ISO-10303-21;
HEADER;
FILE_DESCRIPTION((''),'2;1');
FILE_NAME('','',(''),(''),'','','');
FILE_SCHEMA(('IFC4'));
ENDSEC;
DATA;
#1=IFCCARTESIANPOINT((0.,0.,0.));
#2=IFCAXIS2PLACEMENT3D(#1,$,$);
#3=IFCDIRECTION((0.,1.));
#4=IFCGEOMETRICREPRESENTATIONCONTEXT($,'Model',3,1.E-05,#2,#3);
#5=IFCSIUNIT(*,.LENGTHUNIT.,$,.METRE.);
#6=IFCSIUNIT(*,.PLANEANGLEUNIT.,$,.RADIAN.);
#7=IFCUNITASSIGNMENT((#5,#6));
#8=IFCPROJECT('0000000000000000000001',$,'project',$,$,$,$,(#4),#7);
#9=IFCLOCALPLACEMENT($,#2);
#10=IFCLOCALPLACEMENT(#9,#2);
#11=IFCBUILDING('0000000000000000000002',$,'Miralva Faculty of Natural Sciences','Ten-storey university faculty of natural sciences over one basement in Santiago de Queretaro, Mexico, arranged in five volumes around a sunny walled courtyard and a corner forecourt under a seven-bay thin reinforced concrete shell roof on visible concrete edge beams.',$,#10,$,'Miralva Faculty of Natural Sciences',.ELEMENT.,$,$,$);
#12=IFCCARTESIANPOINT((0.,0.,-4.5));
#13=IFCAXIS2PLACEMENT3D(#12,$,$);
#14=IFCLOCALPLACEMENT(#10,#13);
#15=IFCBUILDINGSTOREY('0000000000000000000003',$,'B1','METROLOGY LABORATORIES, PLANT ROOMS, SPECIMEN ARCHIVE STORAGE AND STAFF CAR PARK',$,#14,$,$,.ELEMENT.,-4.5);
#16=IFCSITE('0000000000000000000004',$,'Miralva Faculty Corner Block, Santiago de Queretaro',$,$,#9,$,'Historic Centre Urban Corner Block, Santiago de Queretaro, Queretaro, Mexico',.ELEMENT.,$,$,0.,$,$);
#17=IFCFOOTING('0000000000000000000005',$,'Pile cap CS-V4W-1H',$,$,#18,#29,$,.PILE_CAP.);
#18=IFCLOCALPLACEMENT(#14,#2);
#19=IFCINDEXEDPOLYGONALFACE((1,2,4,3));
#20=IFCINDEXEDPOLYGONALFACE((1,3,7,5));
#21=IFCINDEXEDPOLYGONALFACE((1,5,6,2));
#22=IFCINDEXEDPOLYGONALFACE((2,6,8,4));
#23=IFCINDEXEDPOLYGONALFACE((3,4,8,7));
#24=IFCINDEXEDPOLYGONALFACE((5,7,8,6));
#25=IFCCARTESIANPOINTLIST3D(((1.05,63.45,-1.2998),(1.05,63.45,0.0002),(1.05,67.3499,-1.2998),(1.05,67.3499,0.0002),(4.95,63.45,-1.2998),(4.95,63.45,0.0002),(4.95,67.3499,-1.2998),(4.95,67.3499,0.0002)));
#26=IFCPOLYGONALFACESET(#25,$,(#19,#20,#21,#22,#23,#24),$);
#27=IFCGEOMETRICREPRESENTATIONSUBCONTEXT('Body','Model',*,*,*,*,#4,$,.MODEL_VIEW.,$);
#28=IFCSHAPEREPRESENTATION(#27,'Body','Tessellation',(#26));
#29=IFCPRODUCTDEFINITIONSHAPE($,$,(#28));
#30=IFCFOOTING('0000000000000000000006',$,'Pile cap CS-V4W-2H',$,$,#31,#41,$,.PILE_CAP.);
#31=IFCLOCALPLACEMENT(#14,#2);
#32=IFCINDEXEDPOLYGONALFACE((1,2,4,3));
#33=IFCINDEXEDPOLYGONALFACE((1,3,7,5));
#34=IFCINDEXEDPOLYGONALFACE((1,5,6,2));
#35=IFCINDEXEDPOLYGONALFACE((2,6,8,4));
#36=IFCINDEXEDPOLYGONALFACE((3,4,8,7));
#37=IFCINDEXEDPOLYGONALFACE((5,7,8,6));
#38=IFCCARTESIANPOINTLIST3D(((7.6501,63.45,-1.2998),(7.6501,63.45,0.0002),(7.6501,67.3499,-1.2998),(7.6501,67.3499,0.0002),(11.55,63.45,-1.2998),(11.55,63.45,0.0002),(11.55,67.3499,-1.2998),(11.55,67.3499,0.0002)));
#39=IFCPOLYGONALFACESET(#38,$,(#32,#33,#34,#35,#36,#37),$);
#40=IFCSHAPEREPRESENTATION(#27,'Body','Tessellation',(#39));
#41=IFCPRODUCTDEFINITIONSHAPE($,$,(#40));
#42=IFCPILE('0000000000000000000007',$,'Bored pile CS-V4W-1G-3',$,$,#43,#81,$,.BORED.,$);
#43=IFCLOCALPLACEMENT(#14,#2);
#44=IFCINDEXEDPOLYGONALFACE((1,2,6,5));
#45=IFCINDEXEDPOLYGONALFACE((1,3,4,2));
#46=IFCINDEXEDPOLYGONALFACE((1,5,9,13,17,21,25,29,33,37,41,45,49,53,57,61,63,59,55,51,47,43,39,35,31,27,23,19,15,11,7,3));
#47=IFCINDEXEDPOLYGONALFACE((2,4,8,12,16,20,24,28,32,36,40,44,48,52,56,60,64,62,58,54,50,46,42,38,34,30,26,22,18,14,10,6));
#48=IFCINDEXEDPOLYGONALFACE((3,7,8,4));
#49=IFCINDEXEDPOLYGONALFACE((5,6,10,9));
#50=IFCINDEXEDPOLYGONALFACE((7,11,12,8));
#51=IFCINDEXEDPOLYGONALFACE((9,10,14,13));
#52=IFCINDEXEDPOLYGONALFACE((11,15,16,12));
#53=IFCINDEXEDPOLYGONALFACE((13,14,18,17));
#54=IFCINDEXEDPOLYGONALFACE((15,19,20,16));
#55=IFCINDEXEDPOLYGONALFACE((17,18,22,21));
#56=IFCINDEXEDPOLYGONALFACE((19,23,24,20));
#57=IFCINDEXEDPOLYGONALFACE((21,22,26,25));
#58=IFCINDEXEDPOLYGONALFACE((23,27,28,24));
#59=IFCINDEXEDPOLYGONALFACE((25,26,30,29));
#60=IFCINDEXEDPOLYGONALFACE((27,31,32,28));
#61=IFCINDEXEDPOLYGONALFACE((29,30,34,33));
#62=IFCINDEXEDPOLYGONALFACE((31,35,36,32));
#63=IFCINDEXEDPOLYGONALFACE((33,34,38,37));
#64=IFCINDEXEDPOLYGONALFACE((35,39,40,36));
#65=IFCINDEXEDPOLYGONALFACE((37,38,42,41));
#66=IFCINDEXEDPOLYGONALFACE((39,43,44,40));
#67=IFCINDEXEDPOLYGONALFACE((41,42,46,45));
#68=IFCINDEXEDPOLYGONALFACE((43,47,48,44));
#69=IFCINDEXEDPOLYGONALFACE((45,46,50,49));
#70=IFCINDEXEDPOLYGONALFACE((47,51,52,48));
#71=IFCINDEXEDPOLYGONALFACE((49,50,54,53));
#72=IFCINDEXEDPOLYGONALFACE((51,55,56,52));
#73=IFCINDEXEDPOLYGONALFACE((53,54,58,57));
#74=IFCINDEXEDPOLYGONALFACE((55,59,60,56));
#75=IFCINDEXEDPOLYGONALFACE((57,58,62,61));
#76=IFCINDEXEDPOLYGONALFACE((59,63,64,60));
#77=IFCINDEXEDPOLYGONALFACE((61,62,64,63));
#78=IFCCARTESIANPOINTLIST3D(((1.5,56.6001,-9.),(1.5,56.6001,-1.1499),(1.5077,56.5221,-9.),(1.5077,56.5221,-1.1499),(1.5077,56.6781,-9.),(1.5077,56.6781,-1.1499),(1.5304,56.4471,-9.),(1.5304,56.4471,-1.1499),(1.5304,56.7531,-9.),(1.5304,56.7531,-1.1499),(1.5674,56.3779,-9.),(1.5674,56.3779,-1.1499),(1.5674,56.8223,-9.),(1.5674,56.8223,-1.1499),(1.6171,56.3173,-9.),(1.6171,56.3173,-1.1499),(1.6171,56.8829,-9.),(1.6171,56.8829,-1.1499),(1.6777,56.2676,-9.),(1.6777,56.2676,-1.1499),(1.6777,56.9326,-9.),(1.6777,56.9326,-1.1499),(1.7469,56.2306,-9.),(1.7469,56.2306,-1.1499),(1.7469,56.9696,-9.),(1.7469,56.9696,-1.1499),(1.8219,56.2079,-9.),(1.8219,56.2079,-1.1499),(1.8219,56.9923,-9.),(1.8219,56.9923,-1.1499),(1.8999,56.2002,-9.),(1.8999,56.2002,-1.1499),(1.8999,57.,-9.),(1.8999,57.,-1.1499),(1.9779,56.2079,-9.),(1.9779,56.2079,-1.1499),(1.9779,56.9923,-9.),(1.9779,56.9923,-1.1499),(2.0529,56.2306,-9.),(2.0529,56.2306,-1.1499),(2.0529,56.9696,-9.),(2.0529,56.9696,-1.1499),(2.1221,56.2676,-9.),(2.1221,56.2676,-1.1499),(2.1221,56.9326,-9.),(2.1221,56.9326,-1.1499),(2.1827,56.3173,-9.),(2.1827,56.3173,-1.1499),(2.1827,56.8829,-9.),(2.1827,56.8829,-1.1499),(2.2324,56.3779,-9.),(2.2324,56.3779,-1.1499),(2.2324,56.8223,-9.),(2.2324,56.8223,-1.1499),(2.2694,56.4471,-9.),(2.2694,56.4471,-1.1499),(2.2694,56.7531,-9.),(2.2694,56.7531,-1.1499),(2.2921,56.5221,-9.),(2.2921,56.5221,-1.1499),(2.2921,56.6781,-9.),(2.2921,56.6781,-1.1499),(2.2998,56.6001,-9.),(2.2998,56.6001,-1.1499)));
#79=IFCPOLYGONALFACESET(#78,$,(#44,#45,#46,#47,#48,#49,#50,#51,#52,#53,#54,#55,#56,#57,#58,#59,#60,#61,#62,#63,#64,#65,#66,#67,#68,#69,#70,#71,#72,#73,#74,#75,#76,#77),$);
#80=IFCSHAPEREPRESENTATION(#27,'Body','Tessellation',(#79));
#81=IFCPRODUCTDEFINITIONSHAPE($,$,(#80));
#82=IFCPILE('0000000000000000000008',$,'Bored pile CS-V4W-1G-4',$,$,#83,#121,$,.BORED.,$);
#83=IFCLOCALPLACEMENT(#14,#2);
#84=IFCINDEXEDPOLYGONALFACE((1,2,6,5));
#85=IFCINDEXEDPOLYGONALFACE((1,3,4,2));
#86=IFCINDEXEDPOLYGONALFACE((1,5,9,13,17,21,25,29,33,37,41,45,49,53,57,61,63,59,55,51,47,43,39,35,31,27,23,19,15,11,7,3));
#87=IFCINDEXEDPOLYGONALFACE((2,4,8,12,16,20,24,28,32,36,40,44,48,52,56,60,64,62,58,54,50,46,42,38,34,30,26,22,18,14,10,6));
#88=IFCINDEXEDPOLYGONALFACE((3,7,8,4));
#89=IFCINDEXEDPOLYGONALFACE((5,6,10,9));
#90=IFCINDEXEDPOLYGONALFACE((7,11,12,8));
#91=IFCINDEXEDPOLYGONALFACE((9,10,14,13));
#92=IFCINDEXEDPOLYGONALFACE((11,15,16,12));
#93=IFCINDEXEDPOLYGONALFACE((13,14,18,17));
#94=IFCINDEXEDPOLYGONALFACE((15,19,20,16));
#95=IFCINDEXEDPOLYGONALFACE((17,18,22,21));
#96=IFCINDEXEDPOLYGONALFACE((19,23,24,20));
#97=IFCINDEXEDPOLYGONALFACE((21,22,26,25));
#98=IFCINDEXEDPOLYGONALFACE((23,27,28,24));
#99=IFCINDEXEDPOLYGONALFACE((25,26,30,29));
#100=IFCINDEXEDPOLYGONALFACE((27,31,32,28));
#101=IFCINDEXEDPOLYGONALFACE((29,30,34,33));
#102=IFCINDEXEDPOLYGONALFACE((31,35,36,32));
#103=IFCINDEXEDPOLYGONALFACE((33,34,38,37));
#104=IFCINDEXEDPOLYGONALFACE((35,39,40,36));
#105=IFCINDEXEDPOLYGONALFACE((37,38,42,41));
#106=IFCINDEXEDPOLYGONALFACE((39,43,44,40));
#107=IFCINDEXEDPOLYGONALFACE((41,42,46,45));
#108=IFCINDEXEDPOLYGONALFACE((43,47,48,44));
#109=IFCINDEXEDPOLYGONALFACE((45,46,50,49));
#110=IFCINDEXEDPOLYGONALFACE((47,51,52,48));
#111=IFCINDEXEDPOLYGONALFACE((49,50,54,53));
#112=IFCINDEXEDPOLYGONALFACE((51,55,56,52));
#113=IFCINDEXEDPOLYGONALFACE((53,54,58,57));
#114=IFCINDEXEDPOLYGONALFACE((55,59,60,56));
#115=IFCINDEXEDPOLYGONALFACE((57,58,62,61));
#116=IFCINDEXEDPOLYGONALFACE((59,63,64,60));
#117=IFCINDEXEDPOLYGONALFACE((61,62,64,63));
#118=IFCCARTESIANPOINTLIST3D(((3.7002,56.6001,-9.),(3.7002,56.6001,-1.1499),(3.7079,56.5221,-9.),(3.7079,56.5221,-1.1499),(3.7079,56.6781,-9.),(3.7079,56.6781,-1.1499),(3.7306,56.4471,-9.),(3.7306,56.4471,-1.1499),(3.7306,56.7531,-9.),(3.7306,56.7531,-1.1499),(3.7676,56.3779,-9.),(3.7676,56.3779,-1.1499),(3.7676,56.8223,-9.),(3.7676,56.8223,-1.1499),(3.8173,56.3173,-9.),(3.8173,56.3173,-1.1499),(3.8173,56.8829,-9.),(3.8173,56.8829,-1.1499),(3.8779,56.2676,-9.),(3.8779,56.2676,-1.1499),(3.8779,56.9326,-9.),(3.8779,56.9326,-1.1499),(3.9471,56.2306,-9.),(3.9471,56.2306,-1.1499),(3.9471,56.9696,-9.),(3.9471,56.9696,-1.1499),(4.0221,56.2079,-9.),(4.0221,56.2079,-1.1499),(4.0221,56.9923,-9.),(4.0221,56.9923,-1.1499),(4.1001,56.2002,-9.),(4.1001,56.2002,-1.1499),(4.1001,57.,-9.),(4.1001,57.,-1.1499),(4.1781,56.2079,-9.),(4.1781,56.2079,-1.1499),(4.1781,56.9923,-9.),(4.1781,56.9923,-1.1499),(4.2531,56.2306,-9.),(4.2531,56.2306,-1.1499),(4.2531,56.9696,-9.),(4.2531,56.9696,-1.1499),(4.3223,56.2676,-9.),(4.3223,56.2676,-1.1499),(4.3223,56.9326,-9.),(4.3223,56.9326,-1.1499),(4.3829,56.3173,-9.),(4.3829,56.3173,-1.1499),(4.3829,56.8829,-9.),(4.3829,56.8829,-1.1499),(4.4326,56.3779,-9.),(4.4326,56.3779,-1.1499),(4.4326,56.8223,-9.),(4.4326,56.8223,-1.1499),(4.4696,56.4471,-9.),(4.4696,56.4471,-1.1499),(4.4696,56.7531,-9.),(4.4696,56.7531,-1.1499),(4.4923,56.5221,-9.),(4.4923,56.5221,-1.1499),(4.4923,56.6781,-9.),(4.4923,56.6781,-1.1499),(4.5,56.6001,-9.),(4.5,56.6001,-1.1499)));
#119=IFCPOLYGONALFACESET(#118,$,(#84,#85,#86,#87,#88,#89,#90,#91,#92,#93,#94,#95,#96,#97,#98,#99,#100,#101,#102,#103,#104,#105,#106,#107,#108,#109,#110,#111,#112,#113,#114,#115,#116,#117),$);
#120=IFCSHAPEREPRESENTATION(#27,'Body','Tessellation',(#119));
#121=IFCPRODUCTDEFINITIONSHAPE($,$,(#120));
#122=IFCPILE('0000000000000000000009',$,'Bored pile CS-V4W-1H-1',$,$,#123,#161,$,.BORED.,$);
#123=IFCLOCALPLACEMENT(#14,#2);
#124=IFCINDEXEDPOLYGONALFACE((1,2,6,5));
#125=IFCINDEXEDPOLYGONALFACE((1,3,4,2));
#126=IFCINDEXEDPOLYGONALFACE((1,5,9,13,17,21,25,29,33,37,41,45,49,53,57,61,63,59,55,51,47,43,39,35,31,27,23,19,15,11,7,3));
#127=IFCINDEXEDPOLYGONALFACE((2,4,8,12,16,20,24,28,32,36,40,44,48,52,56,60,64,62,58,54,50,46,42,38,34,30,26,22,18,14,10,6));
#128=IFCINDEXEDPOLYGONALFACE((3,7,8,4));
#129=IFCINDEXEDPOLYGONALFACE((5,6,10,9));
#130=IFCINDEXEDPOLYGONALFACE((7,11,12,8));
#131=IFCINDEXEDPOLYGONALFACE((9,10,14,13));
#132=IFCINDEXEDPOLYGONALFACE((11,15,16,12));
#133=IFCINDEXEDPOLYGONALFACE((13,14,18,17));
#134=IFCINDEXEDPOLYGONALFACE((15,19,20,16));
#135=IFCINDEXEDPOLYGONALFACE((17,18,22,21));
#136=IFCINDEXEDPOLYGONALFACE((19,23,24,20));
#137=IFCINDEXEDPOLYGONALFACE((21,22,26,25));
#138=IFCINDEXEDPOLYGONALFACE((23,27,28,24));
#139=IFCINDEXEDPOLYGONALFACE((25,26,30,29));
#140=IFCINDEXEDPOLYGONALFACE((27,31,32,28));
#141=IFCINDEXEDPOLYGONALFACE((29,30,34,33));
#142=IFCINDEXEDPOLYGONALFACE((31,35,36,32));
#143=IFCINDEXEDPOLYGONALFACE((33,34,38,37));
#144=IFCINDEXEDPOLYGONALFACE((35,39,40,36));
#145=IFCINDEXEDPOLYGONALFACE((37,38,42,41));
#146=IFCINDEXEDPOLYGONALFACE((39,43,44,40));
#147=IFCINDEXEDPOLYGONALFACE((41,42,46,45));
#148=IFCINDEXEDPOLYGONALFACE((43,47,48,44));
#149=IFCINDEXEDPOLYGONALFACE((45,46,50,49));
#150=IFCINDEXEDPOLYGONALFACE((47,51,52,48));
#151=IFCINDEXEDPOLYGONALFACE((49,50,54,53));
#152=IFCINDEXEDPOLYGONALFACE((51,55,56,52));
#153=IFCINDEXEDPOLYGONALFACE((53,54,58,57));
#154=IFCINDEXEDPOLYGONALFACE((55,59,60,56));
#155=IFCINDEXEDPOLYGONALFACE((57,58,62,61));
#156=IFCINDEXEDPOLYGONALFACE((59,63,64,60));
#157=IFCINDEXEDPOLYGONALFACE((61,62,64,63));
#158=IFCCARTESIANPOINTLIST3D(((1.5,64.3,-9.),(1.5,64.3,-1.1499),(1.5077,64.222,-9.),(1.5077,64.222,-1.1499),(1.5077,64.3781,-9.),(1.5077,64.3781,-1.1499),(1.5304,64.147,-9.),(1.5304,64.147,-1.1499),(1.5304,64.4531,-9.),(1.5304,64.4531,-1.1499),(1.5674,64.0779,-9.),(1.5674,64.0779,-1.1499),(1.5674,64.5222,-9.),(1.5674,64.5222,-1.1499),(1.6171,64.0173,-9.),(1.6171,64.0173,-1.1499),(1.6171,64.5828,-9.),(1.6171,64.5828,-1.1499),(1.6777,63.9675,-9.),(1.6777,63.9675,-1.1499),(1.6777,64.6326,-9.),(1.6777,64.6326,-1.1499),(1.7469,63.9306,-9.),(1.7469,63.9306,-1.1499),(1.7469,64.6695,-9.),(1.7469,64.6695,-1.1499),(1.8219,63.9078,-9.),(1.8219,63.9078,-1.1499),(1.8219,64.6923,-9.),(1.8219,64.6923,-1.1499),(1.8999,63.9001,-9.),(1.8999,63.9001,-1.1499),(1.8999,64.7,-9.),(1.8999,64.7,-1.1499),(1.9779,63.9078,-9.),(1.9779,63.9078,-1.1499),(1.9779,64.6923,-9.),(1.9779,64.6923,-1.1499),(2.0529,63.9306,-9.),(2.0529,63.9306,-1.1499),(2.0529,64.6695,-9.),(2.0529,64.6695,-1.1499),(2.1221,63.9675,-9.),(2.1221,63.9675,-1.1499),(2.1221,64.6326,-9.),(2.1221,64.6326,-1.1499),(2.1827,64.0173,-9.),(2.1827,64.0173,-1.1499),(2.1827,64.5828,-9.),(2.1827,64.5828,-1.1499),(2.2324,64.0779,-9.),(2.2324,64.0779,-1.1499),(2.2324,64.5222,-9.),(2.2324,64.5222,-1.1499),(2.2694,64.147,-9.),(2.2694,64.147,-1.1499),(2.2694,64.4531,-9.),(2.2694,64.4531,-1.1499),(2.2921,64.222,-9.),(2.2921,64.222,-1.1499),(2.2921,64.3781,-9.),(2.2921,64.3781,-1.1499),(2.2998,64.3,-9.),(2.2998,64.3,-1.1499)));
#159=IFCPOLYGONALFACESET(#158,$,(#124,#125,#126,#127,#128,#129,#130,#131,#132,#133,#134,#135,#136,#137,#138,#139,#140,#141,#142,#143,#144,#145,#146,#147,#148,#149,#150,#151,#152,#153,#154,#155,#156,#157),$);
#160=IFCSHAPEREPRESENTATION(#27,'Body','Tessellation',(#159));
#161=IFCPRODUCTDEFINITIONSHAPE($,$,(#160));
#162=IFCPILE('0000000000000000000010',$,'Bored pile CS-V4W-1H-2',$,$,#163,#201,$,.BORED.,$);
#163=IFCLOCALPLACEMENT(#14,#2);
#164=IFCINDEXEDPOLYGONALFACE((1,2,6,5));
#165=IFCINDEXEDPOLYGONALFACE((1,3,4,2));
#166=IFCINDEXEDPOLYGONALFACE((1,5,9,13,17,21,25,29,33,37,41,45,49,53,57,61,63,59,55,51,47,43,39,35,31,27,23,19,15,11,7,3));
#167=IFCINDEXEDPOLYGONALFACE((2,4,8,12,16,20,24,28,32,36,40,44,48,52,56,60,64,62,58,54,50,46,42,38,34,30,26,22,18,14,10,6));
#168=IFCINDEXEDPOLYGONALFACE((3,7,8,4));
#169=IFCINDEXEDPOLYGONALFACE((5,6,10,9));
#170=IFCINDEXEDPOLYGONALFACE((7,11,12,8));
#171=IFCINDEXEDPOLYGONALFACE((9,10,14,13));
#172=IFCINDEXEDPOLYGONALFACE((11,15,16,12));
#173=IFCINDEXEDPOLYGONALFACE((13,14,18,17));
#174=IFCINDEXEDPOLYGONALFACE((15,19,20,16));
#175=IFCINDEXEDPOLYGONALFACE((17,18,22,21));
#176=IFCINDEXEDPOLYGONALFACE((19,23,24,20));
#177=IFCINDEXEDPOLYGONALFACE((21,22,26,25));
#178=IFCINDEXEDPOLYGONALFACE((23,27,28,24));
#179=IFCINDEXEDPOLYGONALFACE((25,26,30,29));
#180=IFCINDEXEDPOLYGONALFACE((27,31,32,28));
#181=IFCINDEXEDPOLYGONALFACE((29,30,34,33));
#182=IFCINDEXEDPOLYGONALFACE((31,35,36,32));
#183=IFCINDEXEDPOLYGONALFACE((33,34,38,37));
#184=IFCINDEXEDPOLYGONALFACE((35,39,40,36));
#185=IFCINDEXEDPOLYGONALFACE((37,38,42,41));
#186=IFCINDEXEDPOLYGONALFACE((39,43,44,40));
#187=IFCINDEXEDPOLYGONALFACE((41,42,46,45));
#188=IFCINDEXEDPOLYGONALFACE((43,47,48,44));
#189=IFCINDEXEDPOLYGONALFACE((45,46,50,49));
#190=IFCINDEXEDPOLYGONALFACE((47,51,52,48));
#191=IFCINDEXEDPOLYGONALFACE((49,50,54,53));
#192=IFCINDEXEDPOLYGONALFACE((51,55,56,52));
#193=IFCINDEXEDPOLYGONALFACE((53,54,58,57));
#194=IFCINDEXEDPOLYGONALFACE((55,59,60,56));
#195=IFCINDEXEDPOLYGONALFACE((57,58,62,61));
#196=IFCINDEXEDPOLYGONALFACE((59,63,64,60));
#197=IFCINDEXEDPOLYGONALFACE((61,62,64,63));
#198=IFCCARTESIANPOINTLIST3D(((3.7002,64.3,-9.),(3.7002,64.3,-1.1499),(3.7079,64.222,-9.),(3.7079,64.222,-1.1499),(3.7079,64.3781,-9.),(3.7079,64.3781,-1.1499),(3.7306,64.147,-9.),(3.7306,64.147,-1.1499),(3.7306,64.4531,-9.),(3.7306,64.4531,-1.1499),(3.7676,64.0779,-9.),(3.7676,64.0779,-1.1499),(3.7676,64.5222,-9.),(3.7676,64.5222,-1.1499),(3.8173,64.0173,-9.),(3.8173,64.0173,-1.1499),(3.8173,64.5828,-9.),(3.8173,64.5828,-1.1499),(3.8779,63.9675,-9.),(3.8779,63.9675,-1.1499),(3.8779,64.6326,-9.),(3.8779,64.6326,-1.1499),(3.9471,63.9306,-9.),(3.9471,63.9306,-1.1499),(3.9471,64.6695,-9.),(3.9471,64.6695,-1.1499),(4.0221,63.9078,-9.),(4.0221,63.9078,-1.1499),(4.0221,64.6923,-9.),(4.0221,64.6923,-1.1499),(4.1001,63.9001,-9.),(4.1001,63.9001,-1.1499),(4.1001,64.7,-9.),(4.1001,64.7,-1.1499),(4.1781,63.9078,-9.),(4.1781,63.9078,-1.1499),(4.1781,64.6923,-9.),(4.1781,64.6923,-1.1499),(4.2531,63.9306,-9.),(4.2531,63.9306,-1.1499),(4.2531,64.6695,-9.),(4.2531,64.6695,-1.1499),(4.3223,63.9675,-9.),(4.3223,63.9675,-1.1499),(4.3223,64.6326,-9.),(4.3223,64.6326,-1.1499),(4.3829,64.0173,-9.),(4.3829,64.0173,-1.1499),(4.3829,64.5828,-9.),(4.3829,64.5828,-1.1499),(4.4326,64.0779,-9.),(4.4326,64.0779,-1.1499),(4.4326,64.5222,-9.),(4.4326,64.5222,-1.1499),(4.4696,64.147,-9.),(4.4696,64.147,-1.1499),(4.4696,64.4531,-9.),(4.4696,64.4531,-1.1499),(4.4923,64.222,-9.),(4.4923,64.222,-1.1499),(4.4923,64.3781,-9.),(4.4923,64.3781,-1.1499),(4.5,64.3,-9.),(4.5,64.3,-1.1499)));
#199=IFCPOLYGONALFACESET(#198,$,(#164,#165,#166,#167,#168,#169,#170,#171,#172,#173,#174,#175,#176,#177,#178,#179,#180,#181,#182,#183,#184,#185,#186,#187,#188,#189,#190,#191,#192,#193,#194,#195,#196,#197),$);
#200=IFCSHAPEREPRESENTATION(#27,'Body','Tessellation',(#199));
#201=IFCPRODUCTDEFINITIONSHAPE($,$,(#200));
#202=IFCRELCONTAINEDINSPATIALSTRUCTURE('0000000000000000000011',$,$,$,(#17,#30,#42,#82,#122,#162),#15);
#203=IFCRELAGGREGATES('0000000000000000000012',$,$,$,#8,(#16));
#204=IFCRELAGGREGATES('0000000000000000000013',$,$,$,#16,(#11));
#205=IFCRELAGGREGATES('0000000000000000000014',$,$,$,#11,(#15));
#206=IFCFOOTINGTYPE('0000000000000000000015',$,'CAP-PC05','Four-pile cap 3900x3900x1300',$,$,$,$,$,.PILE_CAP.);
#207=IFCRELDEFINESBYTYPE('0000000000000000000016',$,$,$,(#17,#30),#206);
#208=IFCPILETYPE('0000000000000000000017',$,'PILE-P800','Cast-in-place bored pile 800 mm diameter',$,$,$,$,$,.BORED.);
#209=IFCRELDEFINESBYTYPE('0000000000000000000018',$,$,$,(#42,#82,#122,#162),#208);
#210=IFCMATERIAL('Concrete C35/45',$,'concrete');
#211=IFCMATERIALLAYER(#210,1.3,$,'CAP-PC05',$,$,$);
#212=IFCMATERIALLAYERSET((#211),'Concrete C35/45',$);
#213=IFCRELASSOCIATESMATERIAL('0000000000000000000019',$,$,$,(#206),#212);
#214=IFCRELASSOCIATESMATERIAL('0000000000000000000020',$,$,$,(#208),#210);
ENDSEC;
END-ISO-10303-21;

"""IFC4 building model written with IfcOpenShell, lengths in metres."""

from ifc_helpers import new_model, si_unit, direction, frame, origin, origin_2d, place, context, subcontext, project, spatial, rectangle, circle, extrude, material, layer, layer_set, material_profile, profile_set, type_object, element, save


model = new_model("IFC4")

# Units and contexts
model_context = context("Model", 3, precision=1e-05, world=origin(), true_north=direction((0.0, 1.0)))
body_context = subcontext(model_context, "Body", "Model", "MODEL_VIEW")
ifc_project = project(units=[si_unit("LENGTHUNIT", "METRE"), si_unit("PLANEANGLEUNIT", "RADIAN")], contexts=[model_context])

# Site, building, storey
site_placement = place(None, origin())
site = spatial("IfcSite", under=ifc_project, at=site_placement, Name="Miralva Faculty Corner Block, Santiago de Queretaro", LongName="Historic Centre Urban Corner Block, Santiago de Queretaro, Queretaro, Mexico", CompositionType="ELEMENT", RefElevation=0.0)
building_placement = place(site_placement, origin())
building = spatial("IfcBuilding", under=site, at=building_placement, Name="Miralva Faculty of Natural Sciences", Description="Ten-storey university faculty of natural sciences over one basement in Santiago de Queretaro, Mexico, arranged in five volumes around a sunny walled courtyard and a corner forecourt under a seven-bay thin reinforced concrete shell roof on visible concrete edge beams.", LongName="Miralva Faculty of Natural Sciences", CompositionType="ELEMENT")
storey_placement = place(building_placement, frame((0.0, 0.0, -4.5)))
storey = spatial("IfcBuildingStorey", under=building, at=storey_placement, Name="B1", Description="METROLOGY LABORATORIES, PLANT ROOMS, SPECIMEN ARCHIVE STORAGE AND STAFF CAR PARK", CompositionType="ELEMENT", Elevation=-4.5)

# Footings
ifc_material_1 = material(Name="Concrete C35/45", Category="concrete")
ifc_layer = layer(ifc_material_1, 1.3, Name="CAP-PC05")
ifc_layer_set = layer_set([ifc_layer], Name="Concrete C35/45")
footing_type_1 = type_object("IfcFootingType", Name="CAP-PC05", Description="Four-pile cap 3900x3900x1300", PredefinedType="PILE_CAP", material=ifc_layer_set)
for number, where, z_axis, x_axis, name in (
    (1, (3.0, 65.3999, -1.2998), (0.0, 0.0, 1.0), (1.0, 0.0, 0.0), "Pile cap CS-V4W-1H"),
    (2, (9.6001, 65.3999, -1.2998), (0.0, 0.0, 1.0), (1.0, 0.0, 0.0), "Pile cap CS-V4W-2H"),
):
    element("IfcFooting", number, at=place(storey_placement, frame(where, z_axis=z_axis, x_axis=x_axis)), inside=storey, type_object=footing_type_1, Name=name, PredefinedType="PILE_CAP", context=body_context, shape_type="SweptSolid", body=[
        extrude(rectangle(XDim=3.8999, YDim=3.8999, at=origin_2d()), origin(), (0.0, 0.0, 1.0), 1.3),
    ])

# Piles
ifc_material_profile_1 = material_profile(ifc_material_1, circle(Radius=0.3999, at=origin_2d()), Name="BORED PILE 800")
ifc_profile_set_1 = profile_set([ifc_material_profile_1], Name="Concrete C35/45")
pile_type = type_object("IfcPileType", Name="PILE-P800", Description="Cast-in-place bored pile 800 mm diameter", PredefinedType="BORED", material=ifc_profile_set_1)
for number, where, z_axis, x_axis, name in (
    (3, (1.8999, 56.6001, -1.1499), (0.0, 0.0, -1.0), (1.0, 0.0, 0.0), "Bored pile CS-V4W-1G-3"),
    (4, (4.1001, 56.6001, -1.1499), (0.0, 0.0, -1.0), (1.0, 0.0, 0.0), "Bored pile CS-V4W-1G-4"),
    (5, (1.8999, 64.3, -1.1499), (0.0, 0.0, -1.0), (1.0, 0.0, 0.0), "Bored pile CS-V4W-1H-1"),
    (6, (4.1001, 64.3, -1.1499), (0.0, 0.0, -1.0), (1.0, 0.0, 0.0), "Bored pile CS-V4W-1H-2"),
):
    element("IfcPile", number, at=place(storey_placement, frame(where, z_axis=z_axis, x_axis=x_axis)), inside=storey, type_object=pile_type, Name=name, PredefinedType="BORED", context=body_context, shape_type="SweptSolid", body=[
        extrude(circle(Radius=0.3999, at=origin_2d()), origin(), (0.0, 0.0, 1.0), 7.8501),
    ])

save(model, "model.ifc")
